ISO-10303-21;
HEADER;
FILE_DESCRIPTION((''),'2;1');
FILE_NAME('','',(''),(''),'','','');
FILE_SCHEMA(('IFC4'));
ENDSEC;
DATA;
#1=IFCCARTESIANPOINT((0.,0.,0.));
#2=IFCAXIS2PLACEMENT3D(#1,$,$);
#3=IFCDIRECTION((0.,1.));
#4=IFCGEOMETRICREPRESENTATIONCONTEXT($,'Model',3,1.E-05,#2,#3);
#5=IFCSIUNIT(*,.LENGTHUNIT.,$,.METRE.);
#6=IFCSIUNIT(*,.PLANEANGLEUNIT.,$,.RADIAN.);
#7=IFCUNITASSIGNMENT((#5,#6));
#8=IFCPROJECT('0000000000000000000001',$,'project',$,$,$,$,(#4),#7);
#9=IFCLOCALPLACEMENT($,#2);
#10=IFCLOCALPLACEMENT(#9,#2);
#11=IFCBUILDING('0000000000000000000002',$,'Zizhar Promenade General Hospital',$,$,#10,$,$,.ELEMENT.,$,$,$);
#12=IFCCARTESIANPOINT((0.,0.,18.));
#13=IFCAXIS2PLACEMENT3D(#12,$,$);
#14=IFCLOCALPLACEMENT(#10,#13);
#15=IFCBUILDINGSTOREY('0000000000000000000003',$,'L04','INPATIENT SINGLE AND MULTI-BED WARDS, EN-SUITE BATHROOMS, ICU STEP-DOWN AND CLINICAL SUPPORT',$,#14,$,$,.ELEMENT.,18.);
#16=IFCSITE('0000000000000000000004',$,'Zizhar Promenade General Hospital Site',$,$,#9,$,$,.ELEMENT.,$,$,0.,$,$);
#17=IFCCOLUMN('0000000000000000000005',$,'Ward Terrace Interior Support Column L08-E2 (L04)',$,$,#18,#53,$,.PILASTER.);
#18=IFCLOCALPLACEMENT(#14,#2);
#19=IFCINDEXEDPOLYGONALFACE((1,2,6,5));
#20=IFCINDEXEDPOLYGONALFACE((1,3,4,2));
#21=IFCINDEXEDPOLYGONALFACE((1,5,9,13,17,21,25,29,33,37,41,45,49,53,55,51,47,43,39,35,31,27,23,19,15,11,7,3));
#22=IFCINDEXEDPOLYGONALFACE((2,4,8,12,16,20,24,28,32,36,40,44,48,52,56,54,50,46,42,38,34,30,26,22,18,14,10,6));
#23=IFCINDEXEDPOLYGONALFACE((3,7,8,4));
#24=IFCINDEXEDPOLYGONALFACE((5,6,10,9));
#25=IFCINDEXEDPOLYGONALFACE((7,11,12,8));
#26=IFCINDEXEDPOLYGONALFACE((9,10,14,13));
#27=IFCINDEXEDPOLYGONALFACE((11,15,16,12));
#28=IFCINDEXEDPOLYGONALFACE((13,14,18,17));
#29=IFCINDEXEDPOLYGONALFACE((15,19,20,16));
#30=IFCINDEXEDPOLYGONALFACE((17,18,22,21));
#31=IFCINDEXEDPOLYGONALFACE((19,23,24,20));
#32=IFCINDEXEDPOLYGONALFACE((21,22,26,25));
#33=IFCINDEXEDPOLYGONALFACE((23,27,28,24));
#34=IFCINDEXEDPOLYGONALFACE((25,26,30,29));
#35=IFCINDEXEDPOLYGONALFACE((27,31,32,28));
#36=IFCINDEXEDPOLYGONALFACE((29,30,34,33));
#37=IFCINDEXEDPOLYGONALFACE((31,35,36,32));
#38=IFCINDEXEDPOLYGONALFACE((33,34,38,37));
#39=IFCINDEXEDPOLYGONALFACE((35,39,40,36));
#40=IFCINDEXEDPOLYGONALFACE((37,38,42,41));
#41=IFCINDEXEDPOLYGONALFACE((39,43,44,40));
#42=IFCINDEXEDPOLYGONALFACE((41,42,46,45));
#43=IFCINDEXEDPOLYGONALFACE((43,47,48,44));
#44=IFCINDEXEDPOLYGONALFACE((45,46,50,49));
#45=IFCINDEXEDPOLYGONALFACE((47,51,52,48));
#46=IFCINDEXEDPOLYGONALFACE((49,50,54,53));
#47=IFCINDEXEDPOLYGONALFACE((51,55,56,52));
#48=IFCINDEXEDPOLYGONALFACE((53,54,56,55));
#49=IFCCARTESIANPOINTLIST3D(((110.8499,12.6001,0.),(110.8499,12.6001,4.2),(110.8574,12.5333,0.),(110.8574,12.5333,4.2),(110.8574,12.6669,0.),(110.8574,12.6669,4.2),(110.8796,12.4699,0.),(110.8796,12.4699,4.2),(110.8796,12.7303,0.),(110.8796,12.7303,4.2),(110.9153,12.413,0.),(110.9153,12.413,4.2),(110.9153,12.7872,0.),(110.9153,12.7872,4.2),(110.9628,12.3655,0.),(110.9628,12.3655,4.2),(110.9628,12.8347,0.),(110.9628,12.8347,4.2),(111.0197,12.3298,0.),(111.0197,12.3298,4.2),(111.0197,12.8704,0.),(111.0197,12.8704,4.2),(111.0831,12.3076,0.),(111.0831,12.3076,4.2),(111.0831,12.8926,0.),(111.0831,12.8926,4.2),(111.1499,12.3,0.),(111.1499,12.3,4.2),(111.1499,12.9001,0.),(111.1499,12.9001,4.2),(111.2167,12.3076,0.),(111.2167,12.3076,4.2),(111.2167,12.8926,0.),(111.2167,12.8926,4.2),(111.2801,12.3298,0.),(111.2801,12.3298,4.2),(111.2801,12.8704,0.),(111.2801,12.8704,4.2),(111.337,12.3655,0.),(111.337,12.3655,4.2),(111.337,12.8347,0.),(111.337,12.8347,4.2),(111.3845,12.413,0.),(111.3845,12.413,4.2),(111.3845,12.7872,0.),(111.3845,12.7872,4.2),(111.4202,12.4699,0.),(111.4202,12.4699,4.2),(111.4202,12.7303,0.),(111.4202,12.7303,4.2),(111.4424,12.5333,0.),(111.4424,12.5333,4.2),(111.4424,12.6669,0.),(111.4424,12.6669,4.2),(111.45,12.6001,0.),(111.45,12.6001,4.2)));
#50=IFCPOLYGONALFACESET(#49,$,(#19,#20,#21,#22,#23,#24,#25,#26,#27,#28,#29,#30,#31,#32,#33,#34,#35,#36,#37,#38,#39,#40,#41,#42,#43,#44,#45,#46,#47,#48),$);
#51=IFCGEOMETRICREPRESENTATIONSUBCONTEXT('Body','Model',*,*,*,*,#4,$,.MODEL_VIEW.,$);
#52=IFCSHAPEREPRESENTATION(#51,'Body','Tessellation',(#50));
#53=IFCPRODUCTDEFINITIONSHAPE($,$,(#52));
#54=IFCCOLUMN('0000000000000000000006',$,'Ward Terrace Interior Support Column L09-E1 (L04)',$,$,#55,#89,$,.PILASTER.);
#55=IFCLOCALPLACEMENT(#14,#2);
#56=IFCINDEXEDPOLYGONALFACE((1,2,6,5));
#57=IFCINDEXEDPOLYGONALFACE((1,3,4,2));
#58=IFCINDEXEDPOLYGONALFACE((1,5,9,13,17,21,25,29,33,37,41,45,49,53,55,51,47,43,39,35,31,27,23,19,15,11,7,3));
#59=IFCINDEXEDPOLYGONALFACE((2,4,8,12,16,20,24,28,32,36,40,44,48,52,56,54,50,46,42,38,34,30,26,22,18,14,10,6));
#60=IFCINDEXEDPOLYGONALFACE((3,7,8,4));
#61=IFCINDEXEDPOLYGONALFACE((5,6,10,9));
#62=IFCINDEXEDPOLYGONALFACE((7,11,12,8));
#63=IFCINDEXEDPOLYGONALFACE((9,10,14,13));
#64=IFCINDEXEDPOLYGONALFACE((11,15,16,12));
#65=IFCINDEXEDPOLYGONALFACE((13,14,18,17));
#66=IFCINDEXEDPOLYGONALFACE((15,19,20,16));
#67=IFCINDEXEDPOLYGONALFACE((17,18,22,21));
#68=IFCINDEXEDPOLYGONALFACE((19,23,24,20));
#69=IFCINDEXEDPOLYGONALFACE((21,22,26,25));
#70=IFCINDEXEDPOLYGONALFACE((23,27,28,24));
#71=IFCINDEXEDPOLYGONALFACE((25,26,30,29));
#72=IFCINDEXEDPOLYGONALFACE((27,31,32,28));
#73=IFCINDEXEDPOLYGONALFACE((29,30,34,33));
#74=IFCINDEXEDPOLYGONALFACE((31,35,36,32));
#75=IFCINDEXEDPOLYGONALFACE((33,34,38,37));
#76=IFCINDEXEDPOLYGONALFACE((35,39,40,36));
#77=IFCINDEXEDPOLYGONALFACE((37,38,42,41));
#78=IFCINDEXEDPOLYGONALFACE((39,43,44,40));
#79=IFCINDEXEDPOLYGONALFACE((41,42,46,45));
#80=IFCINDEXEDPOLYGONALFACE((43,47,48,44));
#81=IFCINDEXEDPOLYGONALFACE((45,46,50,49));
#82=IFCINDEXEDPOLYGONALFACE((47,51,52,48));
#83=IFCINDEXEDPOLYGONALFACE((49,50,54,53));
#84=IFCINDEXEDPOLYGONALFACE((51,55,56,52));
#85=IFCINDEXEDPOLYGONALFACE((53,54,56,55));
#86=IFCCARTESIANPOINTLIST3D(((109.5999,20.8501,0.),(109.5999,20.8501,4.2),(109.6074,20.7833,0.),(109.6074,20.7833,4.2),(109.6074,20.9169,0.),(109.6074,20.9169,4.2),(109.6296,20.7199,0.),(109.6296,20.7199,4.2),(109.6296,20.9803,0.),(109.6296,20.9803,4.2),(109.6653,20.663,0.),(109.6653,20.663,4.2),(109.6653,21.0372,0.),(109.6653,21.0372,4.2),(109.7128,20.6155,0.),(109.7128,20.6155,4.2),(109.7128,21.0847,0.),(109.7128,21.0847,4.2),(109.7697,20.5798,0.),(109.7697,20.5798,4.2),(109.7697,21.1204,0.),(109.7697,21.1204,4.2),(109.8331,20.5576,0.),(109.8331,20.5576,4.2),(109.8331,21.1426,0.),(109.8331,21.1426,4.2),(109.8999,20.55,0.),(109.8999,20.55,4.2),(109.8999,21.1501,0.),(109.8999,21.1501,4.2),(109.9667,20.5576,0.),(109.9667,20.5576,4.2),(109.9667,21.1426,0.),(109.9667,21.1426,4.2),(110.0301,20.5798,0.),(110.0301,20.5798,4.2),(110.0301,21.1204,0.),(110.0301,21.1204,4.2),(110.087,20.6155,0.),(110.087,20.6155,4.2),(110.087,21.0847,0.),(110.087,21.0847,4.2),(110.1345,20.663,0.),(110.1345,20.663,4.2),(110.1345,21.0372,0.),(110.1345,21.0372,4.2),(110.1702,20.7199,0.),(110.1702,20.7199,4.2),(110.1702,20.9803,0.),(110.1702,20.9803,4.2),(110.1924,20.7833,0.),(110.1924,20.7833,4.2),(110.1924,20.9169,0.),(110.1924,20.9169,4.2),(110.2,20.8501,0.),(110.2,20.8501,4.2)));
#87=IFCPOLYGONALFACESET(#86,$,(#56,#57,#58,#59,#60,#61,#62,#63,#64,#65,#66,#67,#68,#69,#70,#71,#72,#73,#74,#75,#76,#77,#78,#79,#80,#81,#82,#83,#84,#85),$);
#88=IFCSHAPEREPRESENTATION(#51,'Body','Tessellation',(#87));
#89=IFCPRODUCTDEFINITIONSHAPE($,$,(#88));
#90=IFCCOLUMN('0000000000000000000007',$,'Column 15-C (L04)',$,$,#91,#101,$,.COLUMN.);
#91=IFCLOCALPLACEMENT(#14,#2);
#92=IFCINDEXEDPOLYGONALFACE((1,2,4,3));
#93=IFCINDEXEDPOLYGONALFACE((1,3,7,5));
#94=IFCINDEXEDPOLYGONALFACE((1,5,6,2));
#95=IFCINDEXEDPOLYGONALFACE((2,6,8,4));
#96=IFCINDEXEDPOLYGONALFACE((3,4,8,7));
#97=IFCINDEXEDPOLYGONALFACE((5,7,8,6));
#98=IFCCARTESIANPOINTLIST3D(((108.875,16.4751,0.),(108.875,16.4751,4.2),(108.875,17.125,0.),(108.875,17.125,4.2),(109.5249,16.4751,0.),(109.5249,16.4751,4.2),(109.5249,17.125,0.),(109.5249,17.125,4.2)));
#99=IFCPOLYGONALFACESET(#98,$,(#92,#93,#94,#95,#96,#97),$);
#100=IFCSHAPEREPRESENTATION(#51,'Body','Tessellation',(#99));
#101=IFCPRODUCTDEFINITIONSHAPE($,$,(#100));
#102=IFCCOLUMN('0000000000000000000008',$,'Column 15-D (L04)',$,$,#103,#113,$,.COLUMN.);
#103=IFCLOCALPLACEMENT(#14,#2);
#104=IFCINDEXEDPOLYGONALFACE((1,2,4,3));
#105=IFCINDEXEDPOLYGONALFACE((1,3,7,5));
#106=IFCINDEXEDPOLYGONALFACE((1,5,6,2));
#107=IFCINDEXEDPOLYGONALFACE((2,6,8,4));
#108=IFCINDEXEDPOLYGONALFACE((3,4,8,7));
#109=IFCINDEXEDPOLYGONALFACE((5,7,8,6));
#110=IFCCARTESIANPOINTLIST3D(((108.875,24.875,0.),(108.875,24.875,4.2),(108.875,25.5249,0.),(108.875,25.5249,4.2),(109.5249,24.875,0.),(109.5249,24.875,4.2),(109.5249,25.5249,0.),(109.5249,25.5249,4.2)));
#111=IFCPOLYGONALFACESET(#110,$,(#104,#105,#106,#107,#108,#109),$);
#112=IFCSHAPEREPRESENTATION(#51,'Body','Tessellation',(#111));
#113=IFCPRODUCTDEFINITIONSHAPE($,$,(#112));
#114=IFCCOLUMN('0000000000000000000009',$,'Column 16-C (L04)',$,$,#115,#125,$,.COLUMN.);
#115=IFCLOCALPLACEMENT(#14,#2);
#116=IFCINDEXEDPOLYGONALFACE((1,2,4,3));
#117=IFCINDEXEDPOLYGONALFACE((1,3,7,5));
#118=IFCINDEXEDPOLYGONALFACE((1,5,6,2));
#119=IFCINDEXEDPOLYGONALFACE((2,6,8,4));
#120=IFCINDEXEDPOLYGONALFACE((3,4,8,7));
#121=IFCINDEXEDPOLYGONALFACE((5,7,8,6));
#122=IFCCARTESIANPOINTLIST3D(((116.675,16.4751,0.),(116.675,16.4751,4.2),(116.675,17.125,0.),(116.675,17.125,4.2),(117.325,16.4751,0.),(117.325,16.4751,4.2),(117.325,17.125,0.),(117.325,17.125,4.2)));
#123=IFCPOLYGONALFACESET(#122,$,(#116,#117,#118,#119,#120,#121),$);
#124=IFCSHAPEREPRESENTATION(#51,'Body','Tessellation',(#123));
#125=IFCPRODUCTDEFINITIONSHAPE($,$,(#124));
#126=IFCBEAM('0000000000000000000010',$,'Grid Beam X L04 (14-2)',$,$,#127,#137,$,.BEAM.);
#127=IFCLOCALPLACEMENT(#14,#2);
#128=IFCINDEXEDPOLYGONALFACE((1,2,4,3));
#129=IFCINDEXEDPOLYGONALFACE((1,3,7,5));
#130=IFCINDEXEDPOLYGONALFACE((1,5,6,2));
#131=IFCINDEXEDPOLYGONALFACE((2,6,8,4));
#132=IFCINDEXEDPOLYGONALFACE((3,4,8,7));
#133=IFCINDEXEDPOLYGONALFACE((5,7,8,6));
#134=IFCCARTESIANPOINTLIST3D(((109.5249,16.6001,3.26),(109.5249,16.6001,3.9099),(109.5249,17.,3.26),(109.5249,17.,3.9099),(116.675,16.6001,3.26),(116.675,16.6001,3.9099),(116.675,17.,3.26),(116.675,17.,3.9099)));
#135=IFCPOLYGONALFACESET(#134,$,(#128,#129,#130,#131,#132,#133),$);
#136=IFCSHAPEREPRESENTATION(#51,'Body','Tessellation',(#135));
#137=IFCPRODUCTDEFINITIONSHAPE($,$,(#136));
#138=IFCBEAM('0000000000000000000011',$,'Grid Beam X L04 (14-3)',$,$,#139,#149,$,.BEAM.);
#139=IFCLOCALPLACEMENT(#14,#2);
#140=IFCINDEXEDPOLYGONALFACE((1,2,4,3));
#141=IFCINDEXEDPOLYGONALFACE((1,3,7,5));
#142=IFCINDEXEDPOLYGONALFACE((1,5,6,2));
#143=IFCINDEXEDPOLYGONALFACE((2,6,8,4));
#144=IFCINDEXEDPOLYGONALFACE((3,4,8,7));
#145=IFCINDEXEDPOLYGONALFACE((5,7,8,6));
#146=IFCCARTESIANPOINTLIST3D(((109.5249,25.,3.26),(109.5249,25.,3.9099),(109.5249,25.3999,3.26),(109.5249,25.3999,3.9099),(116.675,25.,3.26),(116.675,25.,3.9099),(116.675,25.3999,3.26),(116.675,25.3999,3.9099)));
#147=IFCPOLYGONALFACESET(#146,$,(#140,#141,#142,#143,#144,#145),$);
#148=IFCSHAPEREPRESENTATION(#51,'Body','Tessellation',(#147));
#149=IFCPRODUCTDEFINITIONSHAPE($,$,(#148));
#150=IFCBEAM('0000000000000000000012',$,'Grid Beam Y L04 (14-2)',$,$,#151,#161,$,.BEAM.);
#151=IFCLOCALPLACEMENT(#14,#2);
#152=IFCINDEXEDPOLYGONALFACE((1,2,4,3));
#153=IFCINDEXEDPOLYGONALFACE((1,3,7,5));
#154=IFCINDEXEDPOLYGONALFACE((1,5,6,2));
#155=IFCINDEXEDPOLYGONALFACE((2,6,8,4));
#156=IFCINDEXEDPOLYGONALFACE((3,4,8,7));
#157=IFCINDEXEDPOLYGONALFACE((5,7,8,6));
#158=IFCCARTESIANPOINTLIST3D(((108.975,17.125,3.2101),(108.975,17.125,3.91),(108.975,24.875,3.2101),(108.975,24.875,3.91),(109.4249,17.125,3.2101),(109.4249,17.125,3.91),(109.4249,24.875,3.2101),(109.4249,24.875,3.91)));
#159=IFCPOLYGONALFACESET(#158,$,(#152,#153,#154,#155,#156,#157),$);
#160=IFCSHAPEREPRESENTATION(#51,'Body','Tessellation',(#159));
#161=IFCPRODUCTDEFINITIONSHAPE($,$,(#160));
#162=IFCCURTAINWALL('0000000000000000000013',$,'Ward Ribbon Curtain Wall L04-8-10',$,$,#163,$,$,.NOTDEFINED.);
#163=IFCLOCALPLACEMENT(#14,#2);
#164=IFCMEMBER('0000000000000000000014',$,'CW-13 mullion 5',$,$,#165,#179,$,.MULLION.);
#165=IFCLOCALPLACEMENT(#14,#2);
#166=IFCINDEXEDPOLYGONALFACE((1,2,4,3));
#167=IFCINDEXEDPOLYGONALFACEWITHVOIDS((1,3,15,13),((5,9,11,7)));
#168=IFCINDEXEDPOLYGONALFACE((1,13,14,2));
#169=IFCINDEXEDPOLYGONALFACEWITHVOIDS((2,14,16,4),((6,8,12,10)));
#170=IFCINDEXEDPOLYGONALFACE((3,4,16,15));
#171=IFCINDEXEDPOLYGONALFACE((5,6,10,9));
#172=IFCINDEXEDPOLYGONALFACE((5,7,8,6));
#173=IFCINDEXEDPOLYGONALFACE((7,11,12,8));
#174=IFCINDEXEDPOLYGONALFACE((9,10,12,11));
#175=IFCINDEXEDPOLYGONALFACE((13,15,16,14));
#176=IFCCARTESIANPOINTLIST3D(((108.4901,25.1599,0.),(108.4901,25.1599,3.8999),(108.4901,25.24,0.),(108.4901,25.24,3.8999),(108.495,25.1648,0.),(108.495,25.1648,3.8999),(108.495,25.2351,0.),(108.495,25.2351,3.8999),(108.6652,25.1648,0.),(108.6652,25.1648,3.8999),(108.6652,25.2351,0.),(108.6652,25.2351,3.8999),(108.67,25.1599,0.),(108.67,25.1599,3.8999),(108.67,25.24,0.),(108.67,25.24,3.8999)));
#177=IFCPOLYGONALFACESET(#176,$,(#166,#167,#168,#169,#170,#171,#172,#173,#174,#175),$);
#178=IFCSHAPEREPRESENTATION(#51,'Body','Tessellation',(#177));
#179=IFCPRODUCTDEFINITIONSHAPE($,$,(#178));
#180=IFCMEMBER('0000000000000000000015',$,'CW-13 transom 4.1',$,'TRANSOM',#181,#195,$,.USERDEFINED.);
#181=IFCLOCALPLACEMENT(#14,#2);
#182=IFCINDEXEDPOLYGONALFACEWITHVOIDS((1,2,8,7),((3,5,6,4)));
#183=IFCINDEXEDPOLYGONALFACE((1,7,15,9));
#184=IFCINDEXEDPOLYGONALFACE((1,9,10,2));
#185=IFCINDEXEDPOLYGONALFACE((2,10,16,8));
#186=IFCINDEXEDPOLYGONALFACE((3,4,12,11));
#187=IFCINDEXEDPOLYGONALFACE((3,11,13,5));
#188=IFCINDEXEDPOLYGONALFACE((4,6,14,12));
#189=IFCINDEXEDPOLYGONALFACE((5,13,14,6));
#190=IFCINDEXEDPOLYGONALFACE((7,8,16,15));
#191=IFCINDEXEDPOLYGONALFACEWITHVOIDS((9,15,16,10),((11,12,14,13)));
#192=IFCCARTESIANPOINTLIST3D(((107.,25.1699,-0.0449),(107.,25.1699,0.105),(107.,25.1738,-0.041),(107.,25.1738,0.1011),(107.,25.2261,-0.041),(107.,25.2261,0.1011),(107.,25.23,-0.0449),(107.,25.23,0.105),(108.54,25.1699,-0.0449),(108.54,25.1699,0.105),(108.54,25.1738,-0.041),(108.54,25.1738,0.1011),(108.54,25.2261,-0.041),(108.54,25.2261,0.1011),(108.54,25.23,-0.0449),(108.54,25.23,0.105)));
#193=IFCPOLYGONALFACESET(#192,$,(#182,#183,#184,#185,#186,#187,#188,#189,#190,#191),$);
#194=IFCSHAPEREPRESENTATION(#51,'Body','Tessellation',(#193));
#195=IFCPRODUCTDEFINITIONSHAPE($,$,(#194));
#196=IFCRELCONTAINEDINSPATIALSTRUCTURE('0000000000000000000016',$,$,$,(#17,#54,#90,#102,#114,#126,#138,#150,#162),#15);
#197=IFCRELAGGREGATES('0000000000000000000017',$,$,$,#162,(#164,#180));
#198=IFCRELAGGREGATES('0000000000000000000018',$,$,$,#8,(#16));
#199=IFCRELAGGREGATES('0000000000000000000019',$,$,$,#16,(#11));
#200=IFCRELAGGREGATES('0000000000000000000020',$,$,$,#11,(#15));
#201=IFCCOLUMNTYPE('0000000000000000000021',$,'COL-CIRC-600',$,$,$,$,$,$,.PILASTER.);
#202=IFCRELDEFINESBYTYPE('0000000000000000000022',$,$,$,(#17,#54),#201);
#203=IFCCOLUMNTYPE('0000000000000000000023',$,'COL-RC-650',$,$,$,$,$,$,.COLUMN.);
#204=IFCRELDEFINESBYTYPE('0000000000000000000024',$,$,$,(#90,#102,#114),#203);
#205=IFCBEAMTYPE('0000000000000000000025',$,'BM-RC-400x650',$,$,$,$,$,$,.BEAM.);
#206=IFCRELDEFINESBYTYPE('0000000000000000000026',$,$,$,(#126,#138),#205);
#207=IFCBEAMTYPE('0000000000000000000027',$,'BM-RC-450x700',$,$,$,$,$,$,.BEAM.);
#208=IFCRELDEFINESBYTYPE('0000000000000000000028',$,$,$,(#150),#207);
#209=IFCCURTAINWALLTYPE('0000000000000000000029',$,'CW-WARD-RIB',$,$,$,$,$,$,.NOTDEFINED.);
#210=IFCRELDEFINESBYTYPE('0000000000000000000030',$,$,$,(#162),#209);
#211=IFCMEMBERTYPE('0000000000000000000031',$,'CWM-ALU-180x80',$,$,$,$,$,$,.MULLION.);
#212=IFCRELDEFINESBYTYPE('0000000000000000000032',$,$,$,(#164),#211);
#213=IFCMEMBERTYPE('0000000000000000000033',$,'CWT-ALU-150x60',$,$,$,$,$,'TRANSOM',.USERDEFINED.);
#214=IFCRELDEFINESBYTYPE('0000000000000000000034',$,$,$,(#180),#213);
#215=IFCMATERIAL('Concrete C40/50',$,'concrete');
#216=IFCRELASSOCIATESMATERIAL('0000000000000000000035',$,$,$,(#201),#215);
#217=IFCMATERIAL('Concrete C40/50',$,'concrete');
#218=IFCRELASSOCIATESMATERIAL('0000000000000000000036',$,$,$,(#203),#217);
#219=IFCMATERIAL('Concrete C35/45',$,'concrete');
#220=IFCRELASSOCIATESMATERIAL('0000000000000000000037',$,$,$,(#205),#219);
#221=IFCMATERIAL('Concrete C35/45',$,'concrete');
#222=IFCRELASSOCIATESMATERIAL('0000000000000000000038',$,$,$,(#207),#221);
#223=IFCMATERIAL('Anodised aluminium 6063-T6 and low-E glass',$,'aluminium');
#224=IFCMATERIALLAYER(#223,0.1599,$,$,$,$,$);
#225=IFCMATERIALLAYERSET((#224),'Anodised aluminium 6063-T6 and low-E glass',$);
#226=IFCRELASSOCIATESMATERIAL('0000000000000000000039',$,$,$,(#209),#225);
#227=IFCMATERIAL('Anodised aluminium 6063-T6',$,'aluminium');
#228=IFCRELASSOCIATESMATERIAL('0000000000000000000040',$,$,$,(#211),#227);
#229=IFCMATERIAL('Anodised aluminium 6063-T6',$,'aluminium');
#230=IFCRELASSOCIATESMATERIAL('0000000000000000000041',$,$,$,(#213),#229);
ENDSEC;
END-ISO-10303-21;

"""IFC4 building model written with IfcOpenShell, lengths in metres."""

from ifc_helpers import new_model, si_unit, direction, frame, origin, origin_2d, place, context, subcontext, project, spatial, rectangle, hollow_rectangle, circle, extrude, material, layer, layer_set, material_profile, profile_set, type_object, element, aggregate, save


model = new_model("IFC4")

# Units and contexts
model_context = context("Model", 3, precision=1e-05, world=origin(), true_north=direction((0.0, 1.0)))
body_context = subcontext(model_context, "Body", "Model", "MODEL_VIEW")
ifc_project = project(units=[si_unit("LENGTHUNIT", "METRE"), si_unit("PLANEANGLEUNIT", "RADIAN")], contexts=[model_context])

# Site, building, storey
site_placement = place(None, origin())
site = spatial("IfcSite", under=ifc_project, at=site_placement, Name="Zizhar Promenade General Hospital Site", CompositionType="ELEMENT", RefElevation=0.0)
building_placement = place(site_placement, origin())
building = spatial("IfcBuilding", under=site, at=building_placement, Name="Zizhar Promenade General Hospital", CompositionType="ELEMENT")
storey_placement = place(building_placement, frame((0.0, 0.0, 18.0)))
storey = spatial("IfcBuildingStorey", under=building, at=storey_placement, Name="L04", Description="INPATIENT SINGLE AND MULTI-BED WARDS, EN-SUITE BATHROOMS, ICU STEP-DOWN AND CLINICAL SUPPORT", CompositionType="ELEMENT", Elevation=18.0)

# Columns
ifc_material_1 = material(Name="Concrete C40/50", Category="concrete")
ifc_material_profile_1 = material_profile(ifc_material_1, circle(Radius=0.3, at=origin_2d()))
ifc_profile_set_1 = profile_set([ifc_material_profile_1], Name="Concrete C40/50")
column_type_1 = type_object("IfcColumnType", Name="COL-CIRC-600", PredefinedType="PILASTER", material=ifc_profile_set_1)
for number, where, z_axis, x_axis, name in (
    (1, (111.1499, 12.6001, 0.0), (0.0, 0.0, 1.0), (1.0, 0.0, 0.0), "Ward Terrace Interior Support Column L08-E2 (L04)"),
    (2, (109.8999, 20.8501, 0.0), (0.0, 0.0, 1.0), (1.0, 0.0, 0.0), "Ward Terrace Interior Support Column L09-E1 (L04)"),
):
    element("IfcColumn", number, at=place(storey_placement, frame(where, z_axis=z_axis, x_axis=x_axis)), inside=storey, type_object=column_type_1, Name=name, PredefinedType="PILASTER", context=body_context, shape_type="SweptSolid", body=[
        extrude(circle(Radius=0.3, at=origin_2d()), origin(), (0.0, 0.0, 1.0), 4.2),
    ])
ifc_material_2 = material(Name="Concrete C40/50", Category="concrete")
ifc_material_profile_2 = material_profile(ifc_material_2, rectangle(XDim=0.6499, YDim=0.6499, at=origin_2d()))
ifc_profile_set_2 = profile_set([ifc_material_profile_2], Name="Concrete C40/50")
column_type_2 = type_object("IfcColumnType", Name="COL-RC-650", PredefinedType="COLUMN", material=ifc_profile_set_2)
for number, where, z_axis, x_axis, name in (
    (3, (109.2, 16.8, 0.0), (0.0, 0.0, 1.0), (1.0, 0.0, 0.0), "Column 15-C (L04)"),
    (4, (109.2, 25.2, 0.0), (0.0, 0.0, 1.0), (1.0, 0.0, 0.0), "Column 15-D (L04)"),
    (5, (117.0, 16.8, 0.0), (0.0, 0.0, 1.0), (1.0, 0.0, 0.0), "Column 16-C (L04)"),
):
    element("IfcColumn", number, at=place(storey_placement, frame(where, z_axis=z_axis, x_axis=x_axis)), inside=storey, type_object=column_type_2, Name=name, PredefinedType="COLUMN", context=body_context, shape_type="SweptSolid", body=[
        extrude(rectangle(XDim=0.6499, YDim=0.6499, at=origin_2d()), origin(), (0.0, 0.0, 1.0), 4.2),
    ])

# Beams
ifc_material_3 = material(Name="Concrete C35/45", Category="concrete")
ifc_material_profile_3 = material_profile(ifc_material_3, rectangle(XDim=0.3999, YDim=0.6499, at=origin_2d()))
ifc_profile_set_3 = profile_set([ifc_material_profile_3], Name="Concrete C35/45")
beam_type_1 = type_object("IfcBeamType", Name="BM-RC-400x650", PredefinedType="BEAM", material=ifc_profile_set_3)
for number, where, z_axis, x_axis, name in (
    (6, (109.5249, 16.8, 3.585), (1.0, 0.0, 0.0), (0.0, 1.0, 0.0), "Grid Beam X L04 (14-2)"),
    (7, (109.5249, 25.2, 3.585), (1.0, 0.0, 0.0), (0.0, 1.0, 0.0), "Grid Beam X L04 (14-3)"),
):
    element("IfcBeam", number, at=place(storey_placement, frame(where, z_axis=z_axis, x_axis=x_axis)), inside=storey, type_object=beam_type_1, Name=name, PredefinedType="BEAM", context=body_context, shape_type="SweptSolid", body=[
        extrude(rectangle(XDim=0.3999, YDim=0.6499, at=origin_2d()), origin(), (0.0, 0.0, 1.0), 7.1501),
    ])
ifc_material_4 = material(Name="Concrete C35/45", Category="concrete")
ifc_material_profile_4 = material_profile(ifc_material_4, rectangle(XDim=0.45, YDim=0.7, at=origin_2d()))
ifc_profile_set_4 = profile_set([ifc_material_profile_4], Name="Concrete C35/45")
beam_type_2 = type_object("IfcBeamType", Name="BM-RC-450x700", PredefinedType="BEAM", material=ifc_profile_set_4)
beam_placement = place(storey_placement, frame((109.2, 17.125, 3.5601), z_axis=(0.0, 1.0, 0.0), x_axis=(-1.0, 0.0, 0.0)))
element("IfcBeam", 8, at=beam_placement, inside=storey, type_object=beam_type_2, Name="Grid Beam Y L04 (14-2)", PredefinedType="BEAM", context=body_context, shape_type="SweptSolid", body=[
    extrude(rectangle(XDim=0.45, YDim=0.7, at=origin_2d()), origin(), (0.0, 0.0, 1.0), 7.75),
])

# Curtain wall, members
ifc_material_5 = material(Name="Anodised aluminium 6063-T6 and low-E glass", Category="aluminium")
ifc_layer_1 = layer(ifc_material_5, 0.1599)
ifc_layer_set_1 = layer_set([ifc_layer_1], Name="Anodised aluminium 6063-T6 and low-E glass")
curtain_wall_type = type_object("IfcCurtainWallType", Name="CW-WARD-RIB", PredefinedType="NOTDEFINED", material=ifc_layer_set_1)
curtain_wall_placement = place(storey_placement, origin())
curtain_wall = element("IfcCurtainWall", 9, at=curtain_wall_placement, inside=storey, type_object=curtain_wall_type, Name="Ward Ribbon Curtain Wall L04-8-10", PredefinedType="NOTDEFINED")
ifc_material_6 = material(Name="Anodised aluminium 6063-T6", Category="aluminium")
ifc_material_profile_5 = material_profile(ifc_material_6, hollow_rectangle(XDim=0.0801, YDim=0.1799, WallThickness=0.0049, at=origin_2d()))
ifc_profile_set_5 = profile_set([ifc_material_profile_5], Name="Anodised aluminium 6063-T6")
member_type_1 = type_object("IfcMemberType", Name="CWM-ALU-180x80", PredefinedType="MULLION", material=ifc_profile_set_5)
member_1_placement = place(storey_placement, frame((108.5801, 25.2, 0.0), z_axis=(0.0, 0.0, 1.0), x_axis=(0.0, 1.0, 0.0)))
member_1 = element("IfcMember", 10, at=member_1_placement, type_object=member_type_1, Name="CW-13 mullion 5", PredefinedType="MULLION", context=body_context, shape_type="SweptSolid", body=[
    extrude(hollow_rectangle(XDim=0.0801, YDim=0.1799, WallThickness=0.0049, at=origin_2d()), origin(), (0.0, 0.0, 1.0), 3.8999),
])
ifc_material_7 = material(Name="Anodised aluminium 6063-T6", Category="aluminium")
ifc_material_profile_6 = material_profile(ifc_material_7, hollow_rectangle(XDim=0.0601, YDim=0.1499, WallThickness=0.0039, at=origin_2d()))
ifc_profile_set_6 = profile_set([ifc_material_profile_6], Name="Anodised aluminium 6063-T6")
member_type_2 = type_object("IfcMemberType", Name="CWT-ALU-150x60", ElementType="TRANSOM", PredefinedType="USERDEFINED", material=ifc_profile_set_6)
member_2_placement = place(storey_placement, frame((107.0, 25.2, 0.03), z_axis=(1.0, 0.0, 0.0), x_axis=(0.0, 1.0, 0.0)))
member_2 = element("IfcMember", 11, at=member_2_placement, type_object=member_type_2, Name="CW-13 transom 4.1", ObjectType="TRANSOM", PredefinedType="USERDEFINED", context=body_context, shape_type="SweptSolid", body=[
    extrude(hollow_rectangle(XDim=0.0601, YDim=0.1499, WallThickness=0.0039, at=origin_2d()), origin(), (0.0, 0.0, 1.0), 1.54),
])
aggregate(curtain_wall, [member_1, member_2])

save(model, "model.ifc")
